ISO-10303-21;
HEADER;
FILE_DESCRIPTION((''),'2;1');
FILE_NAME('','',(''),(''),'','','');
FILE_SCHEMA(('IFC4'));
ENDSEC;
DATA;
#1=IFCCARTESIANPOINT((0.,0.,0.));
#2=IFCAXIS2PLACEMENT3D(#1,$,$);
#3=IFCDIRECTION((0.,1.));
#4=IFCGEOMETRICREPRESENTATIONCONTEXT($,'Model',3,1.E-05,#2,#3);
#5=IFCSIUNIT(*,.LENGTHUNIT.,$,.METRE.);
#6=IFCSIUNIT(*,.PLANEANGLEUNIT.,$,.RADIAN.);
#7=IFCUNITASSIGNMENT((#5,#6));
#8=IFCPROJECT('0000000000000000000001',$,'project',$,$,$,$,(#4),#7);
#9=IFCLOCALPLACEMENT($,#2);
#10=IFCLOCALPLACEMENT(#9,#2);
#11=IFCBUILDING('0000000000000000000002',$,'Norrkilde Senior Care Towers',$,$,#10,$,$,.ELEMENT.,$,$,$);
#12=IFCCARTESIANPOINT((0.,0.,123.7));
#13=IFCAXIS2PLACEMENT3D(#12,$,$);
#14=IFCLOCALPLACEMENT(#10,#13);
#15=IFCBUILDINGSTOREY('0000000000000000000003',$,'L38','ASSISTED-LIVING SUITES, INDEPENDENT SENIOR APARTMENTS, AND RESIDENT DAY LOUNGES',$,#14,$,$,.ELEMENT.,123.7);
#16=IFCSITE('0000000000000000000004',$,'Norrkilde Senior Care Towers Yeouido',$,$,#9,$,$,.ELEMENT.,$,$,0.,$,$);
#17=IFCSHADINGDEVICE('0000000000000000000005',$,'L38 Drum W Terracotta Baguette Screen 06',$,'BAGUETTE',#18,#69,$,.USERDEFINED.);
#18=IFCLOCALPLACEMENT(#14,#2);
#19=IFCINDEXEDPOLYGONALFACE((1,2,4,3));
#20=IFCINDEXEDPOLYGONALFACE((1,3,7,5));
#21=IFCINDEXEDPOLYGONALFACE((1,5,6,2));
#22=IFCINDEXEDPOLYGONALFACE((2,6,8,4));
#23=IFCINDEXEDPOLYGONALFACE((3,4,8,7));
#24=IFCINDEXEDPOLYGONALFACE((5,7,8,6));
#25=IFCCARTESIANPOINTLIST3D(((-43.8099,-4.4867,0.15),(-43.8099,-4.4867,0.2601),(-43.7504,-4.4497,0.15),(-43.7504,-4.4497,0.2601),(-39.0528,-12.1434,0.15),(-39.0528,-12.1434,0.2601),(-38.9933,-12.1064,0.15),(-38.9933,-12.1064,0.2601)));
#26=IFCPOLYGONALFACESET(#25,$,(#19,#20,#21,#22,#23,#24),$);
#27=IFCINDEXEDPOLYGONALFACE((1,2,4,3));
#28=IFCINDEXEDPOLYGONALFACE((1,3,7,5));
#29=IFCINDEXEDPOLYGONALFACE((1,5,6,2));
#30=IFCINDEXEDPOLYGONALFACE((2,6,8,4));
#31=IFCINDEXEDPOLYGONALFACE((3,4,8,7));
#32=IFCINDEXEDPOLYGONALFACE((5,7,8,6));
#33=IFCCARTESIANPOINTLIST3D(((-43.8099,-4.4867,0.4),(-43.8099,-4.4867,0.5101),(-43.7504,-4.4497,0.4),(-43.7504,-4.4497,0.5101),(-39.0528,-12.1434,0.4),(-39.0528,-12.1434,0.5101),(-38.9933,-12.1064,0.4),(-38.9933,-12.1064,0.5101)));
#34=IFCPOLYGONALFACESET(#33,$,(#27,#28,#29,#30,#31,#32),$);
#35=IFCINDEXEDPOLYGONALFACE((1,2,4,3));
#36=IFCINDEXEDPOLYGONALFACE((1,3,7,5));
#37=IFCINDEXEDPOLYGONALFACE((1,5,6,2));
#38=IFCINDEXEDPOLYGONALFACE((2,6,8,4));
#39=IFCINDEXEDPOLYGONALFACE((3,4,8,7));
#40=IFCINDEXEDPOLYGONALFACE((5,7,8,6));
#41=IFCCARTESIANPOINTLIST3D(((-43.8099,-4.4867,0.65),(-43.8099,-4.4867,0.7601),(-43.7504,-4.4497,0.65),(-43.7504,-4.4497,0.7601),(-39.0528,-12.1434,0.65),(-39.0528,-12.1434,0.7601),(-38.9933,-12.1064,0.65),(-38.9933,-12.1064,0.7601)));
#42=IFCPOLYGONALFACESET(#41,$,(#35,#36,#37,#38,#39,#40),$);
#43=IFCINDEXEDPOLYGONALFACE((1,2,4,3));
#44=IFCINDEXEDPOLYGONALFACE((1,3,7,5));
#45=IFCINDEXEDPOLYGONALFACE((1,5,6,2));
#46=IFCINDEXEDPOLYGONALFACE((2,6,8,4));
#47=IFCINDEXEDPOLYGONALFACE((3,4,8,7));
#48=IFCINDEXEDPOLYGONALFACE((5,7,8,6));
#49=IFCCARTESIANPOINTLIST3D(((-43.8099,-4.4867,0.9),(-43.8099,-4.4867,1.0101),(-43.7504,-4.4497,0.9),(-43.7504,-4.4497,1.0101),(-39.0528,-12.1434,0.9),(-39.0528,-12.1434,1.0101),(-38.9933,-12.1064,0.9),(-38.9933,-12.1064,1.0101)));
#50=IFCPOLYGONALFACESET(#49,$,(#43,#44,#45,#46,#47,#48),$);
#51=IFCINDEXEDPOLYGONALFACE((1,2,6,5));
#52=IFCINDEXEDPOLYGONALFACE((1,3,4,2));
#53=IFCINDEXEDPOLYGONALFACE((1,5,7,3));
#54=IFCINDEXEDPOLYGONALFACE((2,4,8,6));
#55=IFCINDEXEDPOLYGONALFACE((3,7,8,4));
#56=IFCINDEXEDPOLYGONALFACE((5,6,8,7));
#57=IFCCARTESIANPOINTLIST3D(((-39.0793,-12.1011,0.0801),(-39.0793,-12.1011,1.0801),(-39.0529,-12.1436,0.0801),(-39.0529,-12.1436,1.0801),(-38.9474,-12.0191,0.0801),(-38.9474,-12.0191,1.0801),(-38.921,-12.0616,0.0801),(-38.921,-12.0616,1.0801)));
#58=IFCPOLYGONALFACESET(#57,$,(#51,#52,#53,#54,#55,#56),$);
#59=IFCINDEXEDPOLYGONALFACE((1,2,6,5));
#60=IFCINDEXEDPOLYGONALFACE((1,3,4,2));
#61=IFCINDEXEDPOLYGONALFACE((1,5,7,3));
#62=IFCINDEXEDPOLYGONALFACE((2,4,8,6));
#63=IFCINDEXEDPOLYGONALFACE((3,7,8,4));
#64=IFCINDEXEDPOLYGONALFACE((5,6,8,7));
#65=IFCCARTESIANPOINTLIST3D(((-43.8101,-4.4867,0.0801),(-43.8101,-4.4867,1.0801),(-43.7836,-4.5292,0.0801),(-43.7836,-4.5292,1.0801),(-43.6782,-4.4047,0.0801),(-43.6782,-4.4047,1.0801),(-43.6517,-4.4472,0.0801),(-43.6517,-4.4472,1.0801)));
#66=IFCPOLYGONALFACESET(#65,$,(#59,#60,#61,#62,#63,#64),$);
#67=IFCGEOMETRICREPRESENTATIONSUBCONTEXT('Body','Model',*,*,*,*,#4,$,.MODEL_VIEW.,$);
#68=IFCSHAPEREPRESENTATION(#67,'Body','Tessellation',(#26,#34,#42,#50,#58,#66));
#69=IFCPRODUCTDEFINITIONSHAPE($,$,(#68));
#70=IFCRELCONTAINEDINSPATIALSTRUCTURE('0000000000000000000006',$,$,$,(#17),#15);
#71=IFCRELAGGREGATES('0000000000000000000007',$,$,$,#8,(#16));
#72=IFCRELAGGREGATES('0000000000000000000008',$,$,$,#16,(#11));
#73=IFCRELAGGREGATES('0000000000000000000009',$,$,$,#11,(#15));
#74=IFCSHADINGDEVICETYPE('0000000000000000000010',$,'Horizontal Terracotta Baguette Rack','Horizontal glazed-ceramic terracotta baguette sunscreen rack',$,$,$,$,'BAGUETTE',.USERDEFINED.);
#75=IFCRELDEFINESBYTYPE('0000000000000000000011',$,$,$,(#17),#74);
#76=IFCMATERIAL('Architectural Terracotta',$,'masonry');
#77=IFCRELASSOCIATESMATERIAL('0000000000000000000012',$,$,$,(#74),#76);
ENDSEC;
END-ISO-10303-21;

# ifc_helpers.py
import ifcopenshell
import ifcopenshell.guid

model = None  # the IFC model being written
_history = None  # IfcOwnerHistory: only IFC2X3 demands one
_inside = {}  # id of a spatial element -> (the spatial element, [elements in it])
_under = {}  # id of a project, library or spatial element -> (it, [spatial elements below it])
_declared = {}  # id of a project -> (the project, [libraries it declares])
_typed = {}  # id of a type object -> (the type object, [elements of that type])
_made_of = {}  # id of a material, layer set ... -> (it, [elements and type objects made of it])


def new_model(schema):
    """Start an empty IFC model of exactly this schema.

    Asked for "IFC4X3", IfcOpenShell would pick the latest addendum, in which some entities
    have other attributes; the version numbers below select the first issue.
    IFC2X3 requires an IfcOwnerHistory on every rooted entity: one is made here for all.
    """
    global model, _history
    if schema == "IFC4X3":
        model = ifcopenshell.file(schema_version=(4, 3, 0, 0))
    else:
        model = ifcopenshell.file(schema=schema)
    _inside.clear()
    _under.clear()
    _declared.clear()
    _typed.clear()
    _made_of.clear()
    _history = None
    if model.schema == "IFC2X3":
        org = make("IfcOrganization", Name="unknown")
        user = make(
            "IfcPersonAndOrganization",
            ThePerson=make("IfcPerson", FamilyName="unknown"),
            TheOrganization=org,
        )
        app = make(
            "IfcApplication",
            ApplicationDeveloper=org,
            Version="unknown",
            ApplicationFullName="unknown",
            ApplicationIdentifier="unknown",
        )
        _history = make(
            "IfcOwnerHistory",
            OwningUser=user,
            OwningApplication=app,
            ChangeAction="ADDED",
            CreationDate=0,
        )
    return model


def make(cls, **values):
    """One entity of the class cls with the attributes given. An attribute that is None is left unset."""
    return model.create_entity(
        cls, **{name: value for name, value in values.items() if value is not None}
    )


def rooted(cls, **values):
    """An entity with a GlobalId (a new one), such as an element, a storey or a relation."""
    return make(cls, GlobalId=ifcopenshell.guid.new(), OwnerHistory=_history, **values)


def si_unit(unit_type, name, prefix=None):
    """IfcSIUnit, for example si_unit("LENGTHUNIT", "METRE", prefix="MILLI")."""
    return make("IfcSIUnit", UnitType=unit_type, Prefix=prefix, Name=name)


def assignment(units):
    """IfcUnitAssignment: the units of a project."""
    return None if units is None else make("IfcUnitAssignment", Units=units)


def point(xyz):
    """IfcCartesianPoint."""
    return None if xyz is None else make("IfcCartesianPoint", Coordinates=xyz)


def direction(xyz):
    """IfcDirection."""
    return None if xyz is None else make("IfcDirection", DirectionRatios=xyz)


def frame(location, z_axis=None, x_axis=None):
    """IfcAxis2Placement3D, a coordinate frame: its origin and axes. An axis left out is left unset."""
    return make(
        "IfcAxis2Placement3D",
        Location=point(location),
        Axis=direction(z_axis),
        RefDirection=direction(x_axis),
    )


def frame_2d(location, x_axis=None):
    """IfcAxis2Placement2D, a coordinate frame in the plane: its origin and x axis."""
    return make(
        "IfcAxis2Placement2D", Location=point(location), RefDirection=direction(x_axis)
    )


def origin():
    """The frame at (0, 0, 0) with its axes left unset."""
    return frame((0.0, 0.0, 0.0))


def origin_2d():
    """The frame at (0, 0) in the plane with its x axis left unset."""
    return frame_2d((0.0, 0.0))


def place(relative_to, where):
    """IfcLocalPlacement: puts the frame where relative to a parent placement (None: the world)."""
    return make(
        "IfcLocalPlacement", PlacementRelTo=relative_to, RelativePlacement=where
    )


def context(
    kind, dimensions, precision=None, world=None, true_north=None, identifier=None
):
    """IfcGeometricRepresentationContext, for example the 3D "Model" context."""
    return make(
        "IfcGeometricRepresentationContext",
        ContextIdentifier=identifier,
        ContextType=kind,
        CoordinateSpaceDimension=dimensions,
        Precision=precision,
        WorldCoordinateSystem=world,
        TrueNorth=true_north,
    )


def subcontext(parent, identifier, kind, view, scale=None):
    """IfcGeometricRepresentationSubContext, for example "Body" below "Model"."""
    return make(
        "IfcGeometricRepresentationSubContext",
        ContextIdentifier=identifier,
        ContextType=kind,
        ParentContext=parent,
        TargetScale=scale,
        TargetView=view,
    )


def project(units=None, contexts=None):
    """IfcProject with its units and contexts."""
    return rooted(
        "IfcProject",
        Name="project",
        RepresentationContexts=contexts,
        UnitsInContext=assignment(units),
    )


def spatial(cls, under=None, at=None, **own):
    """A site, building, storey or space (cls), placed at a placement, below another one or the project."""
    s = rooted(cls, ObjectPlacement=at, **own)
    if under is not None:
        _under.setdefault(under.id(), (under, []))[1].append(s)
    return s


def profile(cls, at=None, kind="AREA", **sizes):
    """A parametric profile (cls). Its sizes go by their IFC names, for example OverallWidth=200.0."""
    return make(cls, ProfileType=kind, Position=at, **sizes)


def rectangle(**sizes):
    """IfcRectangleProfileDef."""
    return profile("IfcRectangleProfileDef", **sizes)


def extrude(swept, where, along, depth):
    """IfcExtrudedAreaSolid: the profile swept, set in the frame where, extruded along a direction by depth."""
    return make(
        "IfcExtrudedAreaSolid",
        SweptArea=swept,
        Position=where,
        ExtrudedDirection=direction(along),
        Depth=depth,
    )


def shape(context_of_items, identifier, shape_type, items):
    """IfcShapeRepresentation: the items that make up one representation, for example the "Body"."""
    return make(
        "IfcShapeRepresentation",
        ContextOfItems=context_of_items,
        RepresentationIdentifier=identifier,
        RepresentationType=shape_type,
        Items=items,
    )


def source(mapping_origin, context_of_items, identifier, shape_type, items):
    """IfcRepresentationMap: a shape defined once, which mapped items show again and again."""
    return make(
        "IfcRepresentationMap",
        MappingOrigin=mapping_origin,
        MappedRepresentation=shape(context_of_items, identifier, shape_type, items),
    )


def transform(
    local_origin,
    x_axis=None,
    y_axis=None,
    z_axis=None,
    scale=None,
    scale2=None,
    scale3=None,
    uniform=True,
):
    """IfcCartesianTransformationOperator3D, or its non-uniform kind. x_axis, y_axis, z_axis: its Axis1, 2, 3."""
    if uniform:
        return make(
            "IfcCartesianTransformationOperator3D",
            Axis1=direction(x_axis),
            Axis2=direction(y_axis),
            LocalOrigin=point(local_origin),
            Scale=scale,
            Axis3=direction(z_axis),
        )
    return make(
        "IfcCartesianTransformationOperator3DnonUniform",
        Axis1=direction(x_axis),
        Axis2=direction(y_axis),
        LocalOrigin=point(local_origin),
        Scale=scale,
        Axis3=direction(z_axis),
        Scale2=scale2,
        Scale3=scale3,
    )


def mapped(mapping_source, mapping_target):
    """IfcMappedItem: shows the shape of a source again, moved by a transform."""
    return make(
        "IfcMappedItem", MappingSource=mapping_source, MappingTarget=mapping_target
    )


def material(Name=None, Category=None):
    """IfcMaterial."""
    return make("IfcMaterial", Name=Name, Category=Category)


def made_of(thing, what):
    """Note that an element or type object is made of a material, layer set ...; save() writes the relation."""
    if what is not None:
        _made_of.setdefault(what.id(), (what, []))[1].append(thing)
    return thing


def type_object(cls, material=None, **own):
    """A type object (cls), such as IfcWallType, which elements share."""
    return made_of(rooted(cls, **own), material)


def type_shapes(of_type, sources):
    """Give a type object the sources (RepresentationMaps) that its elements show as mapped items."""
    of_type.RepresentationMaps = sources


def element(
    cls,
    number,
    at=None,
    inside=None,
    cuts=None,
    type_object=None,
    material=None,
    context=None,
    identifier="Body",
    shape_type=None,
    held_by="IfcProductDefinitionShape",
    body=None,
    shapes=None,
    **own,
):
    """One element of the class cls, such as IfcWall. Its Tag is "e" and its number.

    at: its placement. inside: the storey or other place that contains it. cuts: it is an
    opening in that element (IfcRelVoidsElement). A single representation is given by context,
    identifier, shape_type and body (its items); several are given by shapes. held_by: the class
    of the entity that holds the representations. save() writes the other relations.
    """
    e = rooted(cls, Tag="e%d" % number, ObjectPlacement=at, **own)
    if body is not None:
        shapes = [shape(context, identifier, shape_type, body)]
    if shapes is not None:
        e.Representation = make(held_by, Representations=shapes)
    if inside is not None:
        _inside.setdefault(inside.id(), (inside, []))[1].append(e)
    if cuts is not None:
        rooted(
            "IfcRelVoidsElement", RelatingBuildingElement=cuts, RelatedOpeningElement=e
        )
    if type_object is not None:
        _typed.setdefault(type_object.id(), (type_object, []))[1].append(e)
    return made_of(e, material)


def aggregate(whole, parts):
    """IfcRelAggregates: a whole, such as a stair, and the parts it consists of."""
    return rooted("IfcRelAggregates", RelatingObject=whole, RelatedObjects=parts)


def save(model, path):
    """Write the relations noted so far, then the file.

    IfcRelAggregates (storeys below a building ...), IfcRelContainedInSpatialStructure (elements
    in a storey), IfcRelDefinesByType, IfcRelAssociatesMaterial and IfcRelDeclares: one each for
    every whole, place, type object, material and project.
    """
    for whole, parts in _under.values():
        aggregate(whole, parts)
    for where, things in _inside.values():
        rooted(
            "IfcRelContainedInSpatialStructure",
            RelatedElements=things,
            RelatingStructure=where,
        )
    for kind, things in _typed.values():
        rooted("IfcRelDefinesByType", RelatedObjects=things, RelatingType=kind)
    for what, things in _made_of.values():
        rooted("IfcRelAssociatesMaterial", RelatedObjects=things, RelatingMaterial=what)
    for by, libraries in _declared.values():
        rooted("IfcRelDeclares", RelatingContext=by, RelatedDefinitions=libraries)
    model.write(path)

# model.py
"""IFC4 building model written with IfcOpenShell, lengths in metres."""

from ifc_helpers import new_model, si_unit, direction, frame, origin, origin_2d, place, context, subcontext, project, spatial, rectangle, extrude, source, transform, mapped, material, type_object, type_shapes, element, save


model = new_model("IFC4")

# Units and contexts
model_context = context("Model", 3, precision=1e-05, world=origin(), true_north=direction((0.0, 1.0)))
body_context = subcontext(model_context, "Body", "Model", "MODEL_VIEW")
ifc_project = project(units=[si_unit("LENGTHUNIT", "METRE"), si_unit("PLANEANGLEUNIT", "RADIAN")], contexts=[model_context])

# Site, building, storey
site_placement = place(None, origin())
site = spatial("IfcSite", under=ifc_project, at=site_placement, Name="Norrkilde Senior Care Towers Yeouido", CompositionType="ELEMENT", RefElevation=0.0)
building_placement = place(site_placement, origin())
building = spatial("IfcBuilding", under=site, at=building_placement, Name="Norrkilde Senior Care Towers", CompositionType="ELEMENT")
storey_placement = place(building_placement, frame((0.0, 0.0, 123.7)))
storey = spatial("IfcBuildingStorey", under=building, at=storey_placement, Name="L38", Description="ASSISTED-LIVING SUITES, INDEPENDENT SENIOR APARTMENTS, AND RESIDENT DAY LOUNGES", CompositionType="ELEMENT", Elevation=123.7)

# Shading device
ifc_material_1 = material(Name="Architectural Terracotta", Category="masonry")
shading_device_type = type_object("IfcShadingDeviceType", Name="Horizontal Terracotta Baguette Rack", Description="Horizontal glazed-ceramic terracotta baguette sunscreen rack", ElementType="BAGUETTE", PredefinedType="USERDEFINED", material=ifc_material_1)
shared_shape_1 = source(origin(), body_context, "Body", "SweptSolid", [
    extrude(rectangle(XDim=0.0701, YDim=0.1101, at=origin_2d()), frame((0.0, 0.0901, 0.125), z_axis=(1.0, 0.0, 0.0), x_axis=(0.0, 1.0, 0.0)), (0.0, 0.0, 1.0), 9.0142),
    extrude(rectangle(XDim=0.0701, YDim=0.1101, at=origin_2d()), frame((0.0, 0.0901, 0.375), z_axis=(1.0, 0.0, 0.0), x_axis=(0.0, 1.0, 0.0)), (0.0, 0.0, 1.0), 9.0142),
    extrude(rectangle(XDim=0.0701, YDim=0.1101, at=origin_2d()), frame((0.0, 0.0901, 0.625), z_axis=(1.0, 0.0, 0.0), x_axis=(0.0, 1.0, 0.0)), (0.0, 0.0, 1.0), 9.0142),
    extrude(rectangle(XDim=0.0701, YDim=0.1101, at=origin_2d()), frame((0.0, 0.0901, 0.875), z_axis=(1.0, 0.0, 0.0), x_axis=(0.0, 1.0, 0.0)), (0.0, 0.0, 1.0), 9.0142),
    extrude(rectangle(XDim=0.05, YDim=0.1553, at=origin_2d()), frame((0.0249, 0.0476, 0.0)), (0.0, 0.0, 1.0), 1.0),
    extrude(rectangle(XDim=0.05, YDim=0.1553, at=origin_2d()), frame((8.9893, 0.0476, 0.0)), (0.0, 0.0, 1.0), 1.0),
])
type_shapes(shading_device_type, [shared_shape_1])
shading_device_placement = place(storey_placement, frame((-38.9465, -12.0774, 0.0801), z_axis=(0.0, 0.0, 1.0), x_axis=(-0.527734, 0.849412, 0.0)))
element("IfcShadingDevice", 1, at=shading_device_placement, inside=storey, type_object=shading_device_type, Name="L38 Drum W Terracotta Baguette Screen 06", ObjectType="BAGUETTE", PredefinedType="USERDEFINED", context=body_context, shape_type="MappedRepresentation", body=[
    mapped(shared_shape_1, transform((0.0, 0.0, 0.0), x_axis=(1.0, 0.0, 0.0), y_axis=(0.0, 1.0, 0.0), z_axis=(0.0, 0.0, 1.0), scale=1.0)),
])

save(model, "model.ifc")
